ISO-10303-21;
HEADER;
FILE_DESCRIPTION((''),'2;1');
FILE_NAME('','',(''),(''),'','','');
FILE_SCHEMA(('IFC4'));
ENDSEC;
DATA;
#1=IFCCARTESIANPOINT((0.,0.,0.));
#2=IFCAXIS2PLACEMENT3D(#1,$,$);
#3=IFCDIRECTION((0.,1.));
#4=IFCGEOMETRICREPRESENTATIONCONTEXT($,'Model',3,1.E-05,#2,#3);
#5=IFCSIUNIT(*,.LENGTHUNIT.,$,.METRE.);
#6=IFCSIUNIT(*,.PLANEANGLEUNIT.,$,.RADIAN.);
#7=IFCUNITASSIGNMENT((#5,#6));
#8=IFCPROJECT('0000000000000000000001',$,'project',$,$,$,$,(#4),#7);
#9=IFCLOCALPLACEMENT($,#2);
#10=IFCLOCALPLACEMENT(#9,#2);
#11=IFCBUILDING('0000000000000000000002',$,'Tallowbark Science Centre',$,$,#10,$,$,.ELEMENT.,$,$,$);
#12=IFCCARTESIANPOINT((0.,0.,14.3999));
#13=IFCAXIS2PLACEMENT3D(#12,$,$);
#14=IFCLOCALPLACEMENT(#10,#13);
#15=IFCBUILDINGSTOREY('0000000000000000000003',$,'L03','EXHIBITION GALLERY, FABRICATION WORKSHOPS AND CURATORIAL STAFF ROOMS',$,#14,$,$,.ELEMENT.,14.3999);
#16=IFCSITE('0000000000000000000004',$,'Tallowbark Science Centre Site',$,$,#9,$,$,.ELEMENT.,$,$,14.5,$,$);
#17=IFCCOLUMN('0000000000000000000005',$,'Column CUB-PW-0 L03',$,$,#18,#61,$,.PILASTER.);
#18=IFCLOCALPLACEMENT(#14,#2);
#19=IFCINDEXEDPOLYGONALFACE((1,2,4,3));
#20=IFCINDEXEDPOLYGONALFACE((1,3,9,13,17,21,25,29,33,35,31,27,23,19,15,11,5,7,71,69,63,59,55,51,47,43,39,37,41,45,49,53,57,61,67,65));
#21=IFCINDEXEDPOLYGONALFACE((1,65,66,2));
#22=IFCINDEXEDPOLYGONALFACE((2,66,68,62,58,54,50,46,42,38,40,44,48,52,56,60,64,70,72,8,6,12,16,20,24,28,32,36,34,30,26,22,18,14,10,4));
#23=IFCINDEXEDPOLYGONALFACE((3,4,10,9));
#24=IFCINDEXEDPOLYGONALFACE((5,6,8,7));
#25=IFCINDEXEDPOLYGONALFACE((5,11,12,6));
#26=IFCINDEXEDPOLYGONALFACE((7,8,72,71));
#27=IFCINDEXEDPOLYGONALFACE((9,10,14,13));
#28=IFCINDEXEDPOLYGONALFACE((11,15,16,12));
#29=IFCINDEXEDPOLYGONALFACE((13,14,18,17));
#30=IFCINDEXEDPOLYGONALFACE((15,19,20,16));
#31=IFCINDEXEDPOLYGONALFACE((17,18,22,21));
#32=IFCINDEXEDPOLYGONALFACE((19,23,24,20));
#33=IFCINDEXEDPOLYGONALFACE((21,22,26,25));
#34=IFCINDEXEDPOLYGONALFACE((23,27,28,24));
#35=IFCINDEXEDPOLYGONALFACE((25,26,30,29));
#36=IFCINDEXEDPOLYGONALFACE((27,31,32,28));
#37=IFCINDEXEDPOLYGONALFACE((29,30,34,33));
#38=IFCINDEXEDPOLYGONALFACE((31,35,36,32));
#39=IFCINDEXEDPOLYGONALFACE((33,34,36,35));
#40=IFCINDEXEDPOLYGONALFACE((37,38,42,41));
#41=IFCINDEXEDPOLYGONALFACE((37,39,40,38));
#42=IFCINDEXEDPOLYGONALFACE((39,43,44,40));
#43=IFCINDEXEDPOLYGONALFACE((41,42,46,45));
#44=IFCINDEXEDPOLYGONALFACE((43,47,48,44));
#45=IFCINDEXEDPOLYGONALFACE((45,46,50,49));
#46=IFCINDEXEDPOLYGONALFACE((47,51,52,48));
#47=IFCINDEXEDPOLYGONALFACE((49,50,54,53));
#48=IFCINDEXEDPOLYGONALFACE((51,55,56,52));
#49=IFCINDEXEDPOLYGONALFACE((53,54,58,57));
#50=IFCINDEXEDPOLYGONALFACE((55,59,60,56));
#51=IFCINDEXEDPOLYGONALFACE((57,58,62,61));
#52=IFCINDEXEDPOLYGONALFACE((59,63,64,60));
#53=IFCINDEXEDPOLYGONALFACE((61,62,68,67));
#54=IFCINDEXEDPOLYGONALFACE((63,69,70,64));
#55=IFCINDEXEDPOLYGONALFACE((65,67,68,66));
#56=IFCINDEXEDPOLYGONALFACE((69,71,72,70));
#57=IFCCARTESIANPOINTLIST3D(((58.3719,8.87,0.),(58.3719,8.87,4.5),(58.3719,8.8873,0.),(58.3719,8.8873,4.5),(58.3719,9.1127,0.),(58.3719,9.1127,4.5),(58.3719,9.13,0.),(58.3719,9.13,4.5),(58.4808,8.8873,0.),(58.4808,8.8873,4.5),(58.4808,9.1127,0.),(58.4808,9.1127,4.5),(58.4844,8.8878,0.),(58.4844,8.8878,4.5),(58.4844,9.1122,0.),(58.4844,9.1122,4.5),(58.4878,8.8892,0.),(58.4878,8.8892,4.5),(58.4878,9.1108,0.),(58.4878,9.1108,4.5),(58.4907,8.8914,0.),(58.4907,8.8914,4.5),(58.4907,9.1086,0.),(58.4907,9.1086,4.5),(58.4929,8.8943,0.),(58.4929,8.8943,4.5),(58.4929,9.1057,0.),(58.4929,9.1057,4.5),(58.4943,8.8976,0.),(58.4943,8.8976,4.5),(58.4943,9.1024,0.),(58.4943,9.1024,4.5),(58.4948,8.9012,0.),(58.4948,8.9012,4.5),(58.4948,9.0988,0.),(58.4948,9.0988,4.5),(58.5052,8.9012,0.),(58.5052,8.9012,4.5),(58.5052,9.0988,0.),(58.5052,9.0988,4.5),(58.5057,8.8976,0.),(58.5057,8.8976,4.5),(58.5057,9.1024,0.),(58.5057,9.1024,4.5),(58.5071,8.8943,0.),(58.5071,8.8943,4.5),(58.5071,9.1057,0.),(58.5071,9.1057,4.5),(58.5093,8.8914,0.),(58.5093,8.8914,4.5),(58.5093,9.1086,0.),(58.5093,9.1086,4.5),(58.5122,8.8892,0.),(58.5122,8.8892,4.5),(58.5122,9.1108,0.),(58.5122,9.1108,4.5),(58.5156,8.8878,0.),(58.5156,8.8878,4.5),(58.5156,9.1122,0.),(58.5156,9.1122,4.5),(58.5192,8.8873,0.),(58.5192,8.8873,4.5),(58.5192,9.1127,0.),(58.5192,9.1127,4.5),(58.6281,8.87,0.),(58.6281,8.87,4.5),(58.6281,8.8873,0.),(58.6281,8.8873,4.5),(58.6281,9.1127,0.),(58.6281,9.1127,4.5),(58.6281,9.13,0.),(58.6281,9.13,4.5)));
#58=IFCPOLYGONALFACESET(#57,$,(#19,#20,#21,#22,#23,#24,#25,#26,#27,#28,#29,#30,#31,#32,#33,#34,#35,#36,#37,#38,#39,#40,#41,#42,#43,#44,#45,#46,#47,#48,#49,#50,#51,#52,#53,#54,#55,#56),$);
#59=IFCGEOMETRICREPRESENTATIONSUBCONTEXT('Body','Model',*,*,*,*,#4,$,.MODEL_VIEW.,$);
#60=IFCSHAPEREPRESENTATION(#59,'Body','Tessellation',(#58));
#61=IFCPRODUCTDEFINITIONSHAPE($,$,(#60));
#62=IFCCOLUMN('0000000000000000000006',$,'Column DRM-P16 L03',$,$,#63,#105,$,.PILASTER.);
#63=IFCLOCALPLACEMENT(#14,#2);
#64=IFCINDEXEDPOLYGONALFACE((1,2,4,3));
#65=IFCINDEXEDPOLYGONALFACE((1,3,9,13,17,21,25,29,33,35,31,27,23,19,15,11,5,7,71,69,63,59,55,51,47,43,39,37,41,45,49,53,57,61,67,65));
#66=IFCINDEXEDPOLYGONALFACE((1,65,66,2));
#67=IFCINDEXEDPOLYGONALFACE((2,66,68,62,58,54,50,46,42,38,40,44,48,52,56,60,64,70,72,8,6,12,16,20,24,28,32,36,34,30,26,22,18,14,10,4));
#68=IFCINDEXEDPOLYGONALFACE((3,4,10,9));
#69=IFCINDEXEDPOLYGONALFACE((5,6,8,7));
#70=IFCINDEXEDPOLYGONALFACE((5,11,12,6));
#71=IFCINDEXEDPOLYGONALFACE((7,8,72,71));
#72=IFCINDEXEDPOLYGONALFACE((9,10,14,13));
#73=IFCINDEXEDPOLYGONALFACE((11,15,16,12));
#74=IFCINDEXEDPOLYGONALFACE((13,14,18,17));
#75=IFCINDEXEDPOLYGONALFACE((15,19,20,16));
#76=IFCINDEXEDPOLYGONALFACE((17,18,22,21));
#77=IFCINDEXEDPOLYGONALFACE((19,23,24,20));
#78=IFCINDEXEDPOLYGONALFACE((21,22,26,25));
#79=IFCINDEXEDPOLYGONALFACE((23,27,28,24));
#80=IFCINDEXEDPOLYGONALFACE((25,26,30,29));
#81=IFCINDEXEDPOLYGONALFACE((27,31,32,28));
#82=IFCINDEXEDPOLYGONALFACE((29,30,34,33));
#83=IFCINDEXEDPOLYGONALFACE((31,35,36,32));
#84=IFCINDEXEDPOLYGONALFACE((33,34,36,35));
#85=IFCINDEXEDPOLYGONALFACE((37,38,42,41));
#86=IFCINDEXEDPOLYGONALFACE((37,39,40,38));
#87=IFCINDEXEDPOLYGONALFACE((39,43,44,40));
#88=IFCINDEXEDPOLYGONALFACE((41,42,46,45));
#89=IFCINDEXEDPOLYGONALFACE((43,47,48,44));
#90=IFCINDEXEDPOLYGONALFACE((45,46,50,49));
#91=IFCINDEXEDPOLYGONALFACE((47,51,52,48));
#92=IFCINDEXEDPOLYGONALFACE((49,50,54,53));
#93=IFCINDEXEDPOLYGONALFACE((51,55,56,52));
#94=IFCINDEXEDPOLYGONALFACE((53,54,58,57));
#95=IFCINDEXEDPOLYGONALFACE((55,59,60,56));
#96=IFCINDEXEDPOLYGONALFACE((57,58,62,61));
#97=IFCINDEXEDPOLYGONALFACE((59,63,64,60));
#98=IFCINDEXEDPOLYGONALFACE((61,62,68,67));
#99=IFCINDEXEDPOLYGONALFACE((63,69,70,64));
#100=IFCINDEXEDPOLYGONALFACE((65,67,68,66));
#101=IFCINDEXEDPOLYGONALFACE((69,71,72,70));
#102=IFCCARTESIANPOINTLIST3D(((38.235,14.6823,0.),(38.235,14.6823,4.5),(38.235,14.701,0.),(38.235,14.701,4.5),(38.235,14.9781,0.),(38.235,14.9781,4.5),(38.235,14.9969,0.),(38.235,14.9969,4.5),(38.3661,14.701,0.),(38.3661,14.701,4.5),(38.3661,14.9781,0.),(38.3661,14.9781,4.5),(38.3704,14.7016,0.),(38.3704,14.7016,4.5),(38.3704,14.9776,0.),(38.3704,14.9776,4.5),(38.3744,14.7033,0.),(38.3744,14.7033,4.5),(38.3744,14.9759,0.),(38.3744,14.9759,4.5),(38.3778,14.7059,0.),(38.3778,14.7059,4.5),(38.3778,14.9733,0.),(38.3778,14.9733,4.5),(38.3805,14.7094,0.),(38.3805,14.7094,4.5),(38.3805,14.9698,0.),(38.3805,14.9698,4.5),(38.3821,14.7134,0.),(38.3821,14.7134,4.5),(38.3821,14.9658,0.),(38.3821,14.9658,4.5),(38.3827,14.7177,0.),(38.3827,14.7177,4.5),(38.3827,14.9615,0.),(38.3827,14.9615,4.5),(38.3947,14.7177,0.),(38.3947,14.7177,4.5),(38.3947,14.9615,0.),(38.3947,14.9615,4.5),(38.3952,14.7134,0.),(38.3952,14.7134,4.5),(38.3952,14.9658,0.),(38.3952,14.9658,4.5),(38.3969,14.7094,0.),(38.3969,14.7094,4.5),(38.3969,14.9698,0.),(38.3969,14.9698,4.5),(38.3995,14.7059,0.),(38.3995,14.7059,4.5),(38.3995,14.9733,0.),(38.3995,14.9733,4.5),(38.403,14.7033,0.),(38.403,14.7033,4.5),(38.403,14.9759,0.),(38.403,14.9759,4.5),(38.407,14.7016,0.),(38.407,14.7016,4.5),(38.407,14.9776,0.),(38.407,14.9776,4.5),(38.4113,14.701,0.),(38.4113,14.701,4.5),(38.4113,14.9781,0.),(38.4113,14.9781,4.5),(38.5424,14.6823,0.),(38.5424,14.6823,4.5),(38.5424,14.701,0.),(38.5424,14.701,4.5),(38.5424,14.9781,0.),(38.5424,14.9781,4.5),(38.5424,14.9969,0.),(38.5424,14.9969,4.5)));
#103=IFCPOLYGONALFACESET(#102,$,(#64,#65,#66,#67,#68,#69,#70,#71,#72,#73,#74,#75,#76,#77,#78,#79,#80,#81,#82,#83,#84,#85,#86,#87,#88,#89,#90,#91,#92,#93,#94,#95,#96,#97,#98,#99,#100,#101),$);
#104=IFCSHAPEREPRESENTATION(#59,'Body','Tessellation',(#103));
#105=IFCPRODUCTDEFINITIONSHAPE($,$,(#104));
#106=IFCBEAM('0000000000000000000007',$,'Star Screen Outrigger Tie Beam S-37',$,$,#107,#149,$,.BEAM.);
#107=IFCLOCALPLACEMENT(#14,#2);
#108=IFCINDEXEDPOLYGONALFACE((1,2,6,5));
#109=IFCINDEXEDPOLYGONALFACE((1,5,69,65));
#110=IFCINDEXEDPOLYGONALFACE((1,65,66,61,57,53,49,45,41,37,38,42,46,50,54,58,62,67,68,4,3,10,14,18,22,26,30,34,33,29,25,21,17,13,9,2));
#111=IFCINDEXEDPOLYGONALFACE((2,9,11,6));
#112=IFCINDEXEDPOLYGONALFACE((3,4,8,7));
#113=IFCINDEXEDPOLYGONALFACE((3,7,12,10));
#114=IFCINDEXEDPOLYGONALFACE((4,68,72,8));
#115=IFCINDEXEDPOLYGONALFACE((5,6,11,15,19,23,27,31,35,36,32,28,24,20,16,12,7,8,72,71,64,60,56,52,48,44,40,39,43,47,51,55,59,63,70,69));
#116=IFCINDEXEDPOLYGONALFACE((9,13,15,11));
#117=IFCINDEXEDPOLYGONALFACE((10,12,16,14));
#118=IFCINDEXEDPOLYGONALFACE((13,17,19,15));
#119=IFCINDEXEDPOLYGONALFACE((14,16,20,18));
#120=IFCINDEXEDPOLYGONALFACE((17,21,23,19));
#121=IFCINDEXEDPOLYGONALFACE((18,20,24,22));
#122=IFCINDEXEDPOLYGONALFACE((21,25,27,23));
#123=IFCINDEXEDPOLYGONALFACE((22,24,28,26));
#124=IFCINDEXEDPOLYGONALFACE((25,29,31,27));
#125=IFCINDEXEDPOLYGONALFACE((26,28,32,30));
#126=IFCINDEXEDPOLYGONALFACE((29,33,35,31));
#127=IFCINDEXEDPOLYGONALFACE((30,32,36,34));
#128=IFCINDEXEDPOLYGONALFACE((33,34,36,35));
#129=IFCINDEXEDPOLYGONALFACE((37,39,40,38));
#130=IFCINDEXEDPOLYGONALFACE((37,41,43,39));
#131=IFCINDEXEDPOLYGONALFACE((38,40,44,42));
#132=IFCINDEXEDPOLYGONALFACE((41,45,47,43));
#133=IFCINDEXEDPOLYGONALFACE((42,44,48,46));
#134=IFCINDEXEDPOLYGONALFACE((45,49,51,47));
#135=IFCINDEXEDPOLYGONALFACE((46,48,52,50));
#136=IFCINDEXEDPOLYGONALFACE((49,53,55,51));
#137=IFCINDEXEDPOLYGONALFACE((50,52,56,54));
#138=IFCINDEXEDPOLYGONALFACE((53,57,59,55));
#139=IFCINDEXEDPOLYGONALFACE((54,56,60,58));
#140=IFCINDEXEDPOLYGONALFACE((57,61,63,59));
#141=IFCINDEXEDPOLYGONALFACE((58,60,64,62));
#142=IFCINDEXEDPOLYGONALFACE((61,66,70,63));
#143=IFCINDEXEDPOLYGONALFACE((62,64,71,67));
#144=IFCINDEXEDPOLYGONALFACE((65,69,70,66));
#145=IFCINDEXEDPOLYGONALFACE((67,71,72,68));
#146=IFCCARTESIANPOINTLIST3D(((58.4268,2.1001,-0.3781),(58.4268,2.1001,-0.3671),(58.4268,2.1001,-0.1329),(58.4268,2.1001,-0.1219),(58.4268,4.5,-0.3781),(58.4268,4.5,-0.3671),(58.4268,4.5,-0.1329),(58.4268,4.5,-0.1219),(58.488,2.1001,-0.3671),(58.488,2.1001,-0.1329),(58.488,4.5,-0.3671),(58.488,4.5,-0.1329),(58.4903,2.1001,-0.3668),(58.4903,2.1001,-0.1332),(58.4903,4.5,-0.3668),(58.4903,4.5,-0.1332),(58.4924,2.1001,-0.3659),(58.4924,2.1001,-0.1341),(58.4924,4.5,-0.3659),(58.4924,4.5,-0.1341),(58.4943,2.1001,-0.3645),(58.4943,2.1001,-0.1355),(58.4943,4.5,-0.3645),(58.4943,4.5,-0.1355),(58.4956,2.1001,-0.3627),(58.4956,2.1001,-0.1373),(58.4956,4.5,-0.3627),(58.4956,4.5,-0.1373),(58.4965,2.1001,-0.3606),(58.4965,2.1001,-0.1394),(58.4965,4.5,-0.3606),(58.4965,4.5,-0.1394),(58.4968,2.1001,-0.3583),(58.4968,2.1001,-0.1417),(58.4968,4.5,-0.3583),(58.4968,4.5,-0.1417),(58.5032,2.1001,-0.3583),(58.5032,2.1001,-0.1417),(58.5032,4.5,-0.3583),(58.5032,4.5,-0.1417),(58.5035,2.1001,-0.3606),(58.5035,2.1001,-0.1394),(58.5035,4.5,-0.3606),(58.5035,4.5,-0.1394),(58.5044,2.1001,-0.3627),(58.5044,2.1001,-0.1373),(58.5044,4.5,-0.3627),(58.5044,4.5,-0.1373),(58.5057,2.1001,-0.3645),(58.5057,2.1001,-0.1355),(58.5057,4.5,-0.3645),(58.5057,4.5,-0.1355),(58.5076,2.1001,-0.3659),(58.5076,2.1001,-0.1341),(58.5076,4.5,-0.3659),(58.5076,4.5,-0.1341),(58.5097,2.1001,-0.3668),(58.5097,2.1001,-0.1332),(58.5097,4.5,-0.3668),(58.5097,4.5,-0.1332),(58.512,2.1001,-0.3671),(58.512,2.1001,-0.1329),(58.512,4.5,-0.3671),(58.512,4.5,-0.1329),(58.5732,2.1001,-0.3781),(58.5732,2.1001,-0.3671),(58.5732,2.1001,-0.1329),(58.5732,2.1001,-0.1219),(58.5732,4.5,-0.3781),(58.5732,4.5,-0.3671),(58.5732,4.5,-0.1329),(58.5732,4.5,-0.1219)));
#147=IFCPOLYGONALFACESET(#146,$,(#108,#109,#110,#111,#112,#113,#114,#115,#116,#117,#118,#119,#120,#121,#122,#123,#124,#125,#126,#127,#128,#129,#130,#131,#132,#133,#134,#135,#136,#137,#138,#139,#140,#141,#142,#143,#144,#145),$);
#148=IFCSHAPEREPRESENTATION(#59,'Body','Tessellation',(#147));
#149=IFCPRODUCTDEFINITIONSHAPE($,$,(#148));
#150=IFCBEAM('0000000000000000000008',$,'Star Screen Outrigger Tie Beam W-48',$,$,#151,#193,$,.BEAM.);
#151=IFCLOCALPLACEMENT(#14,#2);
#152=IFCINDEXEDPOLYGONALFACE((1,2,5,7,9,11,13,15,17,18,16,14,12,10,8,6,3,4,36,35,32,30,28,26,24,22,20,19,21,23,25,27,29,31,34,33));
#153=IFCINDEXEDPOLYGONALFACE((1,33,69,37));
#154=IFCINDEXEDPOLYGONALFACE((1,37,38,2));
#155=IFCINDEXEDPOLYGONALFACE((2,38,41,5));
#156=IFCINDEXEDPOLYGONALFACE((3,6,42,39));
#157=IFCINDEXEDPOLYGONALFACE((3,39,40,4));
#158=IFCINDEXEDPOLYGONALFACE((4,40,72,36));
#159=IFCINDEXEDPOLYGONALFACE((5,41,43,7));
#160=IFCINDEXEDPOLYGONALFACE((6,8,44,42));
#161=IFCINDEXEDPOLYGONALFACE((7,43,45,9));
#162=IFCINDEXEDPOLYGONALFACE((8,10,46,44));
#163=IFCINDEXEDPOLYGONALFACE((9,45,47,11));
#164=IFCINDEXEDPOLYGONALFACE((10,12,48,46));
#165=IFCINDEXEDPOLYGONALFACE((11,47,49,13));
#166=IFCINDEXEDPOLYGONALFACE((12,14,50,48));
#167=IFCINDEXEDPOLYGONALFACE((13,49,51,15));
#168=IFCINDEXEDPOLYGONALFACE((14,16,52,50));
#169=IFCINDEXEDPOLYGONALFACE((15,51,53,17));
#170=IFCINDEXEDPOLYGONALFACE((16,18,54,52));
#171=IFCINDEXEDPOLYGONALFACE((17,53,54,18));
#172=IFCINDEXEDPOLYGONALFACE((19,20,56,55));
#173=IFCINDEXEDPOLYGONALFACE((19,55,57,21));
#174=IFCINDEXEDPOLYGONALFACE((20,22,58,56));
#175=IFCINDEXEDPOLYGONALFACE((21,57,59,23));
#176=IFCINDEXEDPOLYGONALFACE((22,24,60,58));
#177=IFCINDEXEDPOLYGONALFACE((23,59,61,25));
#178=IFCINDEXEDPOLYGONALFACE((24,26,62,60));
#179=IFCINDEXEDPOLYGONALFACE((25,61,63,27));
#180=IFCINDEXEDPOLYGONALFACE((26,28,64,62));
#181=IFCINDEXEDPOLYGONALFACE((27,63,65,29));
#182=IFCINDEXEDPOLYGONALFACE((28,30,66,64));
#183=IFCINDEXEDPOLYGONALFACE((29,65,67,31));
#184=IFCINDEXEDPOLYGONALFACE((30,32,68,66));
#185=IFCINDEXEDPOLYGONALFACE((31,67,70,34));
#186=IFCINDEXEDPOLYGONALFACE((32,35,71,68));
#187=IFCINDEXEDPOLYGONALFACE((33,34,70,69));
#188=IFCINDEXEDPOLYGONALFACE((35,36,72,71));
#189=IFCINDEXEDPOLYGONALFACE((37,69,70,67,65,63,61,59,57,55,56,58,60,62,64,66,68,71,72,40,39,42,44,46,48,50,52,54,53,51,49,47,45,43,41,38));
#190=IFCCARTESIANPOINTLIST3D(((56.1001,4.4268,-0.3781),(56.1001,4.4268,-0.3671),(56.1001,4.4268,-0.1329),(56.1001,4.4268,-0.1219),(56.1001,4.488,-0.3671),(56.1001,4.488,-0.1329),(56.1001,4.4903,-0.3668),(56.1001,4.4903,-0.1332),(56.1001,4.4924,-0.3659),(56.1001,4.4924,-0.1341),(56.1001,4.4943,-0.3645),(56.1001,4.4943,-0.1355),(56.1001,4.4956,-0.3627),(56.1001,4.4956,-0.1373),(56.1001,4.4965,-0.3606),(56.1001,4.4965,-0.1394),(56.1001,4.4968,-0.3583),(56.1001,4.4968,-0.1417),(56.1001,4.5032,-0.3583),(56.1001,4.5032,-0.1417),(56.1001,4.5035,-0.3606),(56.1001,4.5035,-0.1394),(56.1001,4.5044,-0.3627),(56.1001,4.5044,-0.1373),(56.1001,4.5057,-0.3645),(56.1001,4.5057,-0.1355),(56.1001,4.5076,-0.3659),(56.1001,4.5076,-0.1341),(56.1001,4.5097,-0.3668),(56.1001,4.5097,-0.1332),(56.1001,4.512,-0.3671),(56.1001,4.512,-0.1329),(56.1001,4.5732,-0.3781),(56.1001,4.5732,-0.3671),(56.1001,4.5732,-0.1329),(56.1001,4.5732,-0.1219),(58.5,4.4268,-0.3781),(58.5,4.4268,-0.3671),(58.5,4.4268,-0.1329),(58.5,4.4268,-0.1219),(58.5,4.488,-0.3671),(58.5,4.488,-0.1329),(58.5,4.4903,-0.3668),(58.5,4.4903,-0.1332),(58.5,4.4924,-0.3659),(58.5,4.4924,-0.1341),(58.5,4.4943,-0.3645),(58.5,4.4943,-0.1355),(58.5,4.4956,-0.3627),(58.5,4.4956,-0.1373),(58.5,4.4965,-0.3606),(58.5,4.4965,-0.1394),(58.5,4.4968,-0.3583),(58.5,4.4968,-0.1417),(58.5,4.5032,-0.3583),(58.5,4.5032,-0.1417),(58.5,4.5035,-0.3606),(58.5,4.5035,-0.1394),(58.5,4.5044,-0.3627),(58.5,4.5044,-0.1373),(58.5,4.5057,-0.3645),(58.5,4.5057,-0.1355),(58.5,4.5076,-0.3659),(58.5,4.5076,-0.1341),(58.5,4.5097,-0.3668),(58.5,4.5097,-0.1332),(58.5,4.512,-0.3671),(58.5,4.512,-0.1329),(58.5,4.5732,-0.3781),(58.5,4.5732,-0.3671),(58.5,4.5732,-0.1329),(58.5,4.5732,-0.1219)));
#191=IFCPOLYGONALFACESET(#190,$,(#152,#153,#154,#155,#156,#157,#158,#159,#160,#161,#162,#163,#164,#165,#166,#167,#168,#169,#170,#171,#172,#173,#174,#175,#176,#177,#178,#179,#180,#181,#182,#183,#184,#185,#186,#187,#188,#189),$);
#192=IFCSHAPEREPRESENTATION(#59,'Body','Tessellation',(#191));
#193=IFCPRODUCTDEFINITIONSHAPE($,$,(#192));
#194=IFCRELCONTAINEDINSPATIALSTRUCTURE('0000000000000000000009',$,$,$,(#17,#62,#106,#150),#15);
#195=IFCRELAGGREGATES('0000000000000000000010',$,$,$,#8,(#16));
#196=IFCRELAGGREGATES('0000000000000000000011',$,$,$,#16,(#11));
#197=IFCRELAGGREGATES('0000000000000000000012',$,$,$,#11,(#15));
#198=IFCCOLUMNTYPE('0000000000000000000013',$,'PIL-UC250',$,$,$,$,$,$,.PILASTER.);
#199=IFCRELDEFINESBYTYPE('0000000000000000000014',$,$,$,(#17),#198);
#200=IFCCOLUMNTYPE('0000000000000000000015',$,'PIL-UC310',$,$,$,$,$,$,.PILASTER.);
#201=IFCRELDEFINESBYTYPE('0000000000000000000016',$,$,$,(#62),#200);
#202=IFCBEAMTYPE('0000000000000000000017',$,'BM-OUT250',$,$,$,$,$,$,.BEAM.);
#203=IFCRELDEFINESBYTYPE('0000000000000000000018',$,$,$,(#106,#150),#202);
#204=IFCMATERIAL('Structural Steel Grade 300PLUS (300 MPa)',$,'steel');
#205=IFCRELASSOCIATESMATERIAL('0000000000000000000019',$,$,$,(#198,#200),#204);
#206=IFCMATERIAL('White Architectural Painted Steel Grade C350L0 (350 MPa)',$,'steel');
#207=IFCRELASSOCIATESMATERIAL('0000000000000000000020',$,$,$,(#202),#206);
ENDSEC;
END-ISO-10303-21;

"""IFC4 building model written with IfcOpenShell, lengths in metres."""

from ifc_helpers import new_model, si_unit, direction, frame, origin, origin_2d, place, context, subcontext, project, spatial, i_section, extrude, material, material_profile, profile_set, type_object, element, save


model = new_model("IFC4")

# Units and contexts
model_context = context("Model", 3, precision=1e-05, world=origin(), true_north=direction((0.0, 1.0)))
body_context = subcontext(model_context, "Body", "Model", "MODEL_VIEW")
ifc_project = project(units=[si_unit("LENGTHUNIT", "METRE"), si_unit("PLANEANGLEUNIT", "RADIAN")], contexts=[model_context])

# Site, building, storey
site_placement = place(None, origin())
site = spatial("IfcSite", under=ifc_project, at=site_placement, Name="Tallowbark Science Centre Site", CompositionType="ELEMENT", RefElevation=14.5)
building_placement = place(site_placement, origin())
building = spatial("IfcBuilding", under=site, at=building_placement, Name="Tallowbark Science Centre", CompositionType="ELEMENT")
storey_placement = place(building_placement, frame((0.0, 0.0, 14.3999)))
storey = spatial("IfcBuildingStorey", under=building, at=storey_placement, Name="L03", Description="EXHIBITION GALLERY, FABRICATION WORKSHOPS AND CURATORIAL STAFF ROOMS", CompositionType="ELEMENT", Elevation=14.3999)

# Columns
ifc_material_1 = material(Name="White Architectural Painted Steel Grade C350L0 (350 MPa)", Category="steel")
ifc_material_2 = material(Name="Structural Steel Grade 300PLUS (300 MPa)", Category="steel")
ifc_material_profile_1 = material_profile(ifc_material_2, i_section(OverallWidth=0.2561, OverallDepth=0.26, WebThickness=0.0105, FlangeThickness=0.0173, FilletRadius=0.0139, at=origin_2d()), Name="250UC89.5")
ifc_profile_set_1 = profile_set([ifc_material_profile_1], Name="Structural Steel Grade 300PLUS (300 MPa)")
column_type_1 = type_object("IfcColumnType", Name="PIL-UC250", PredefinedType="PILASTER", material=ifc_profile_set_1)
column_1_placement = place(storey_placement, frame((58.5, 9.0, 0.0), z_axis=(0.0, 0.0, 1.0), x_axis=(1.0, 0.0, 0.0)))
element("IfcColumn", 1, at=column_1_placement, inside=storey, type_object=column_type_1, Name="Column CUB-PW-0 L03", PredefinedType="PILASTER", context=body_context, shape_type="SweptSolid", body=[
    extrude(i_section(OverallWidth=0.2561, OverallDepth=0.26, WebThickness=0.0105, FlangeThickness=0.0173, FilletRadius=0.0139, at=origin_2d()), origin(), (0.0, 0.0, 1.0), 4.5),
])
ifc_material_profile_2 = material_profile(ifc_material_2, i_section(OverallWidth=0.3074, OverallDepth=0.3147, WebThickness=0.012, FlangeThickness=0.0188, FilletRadius=0.0166, at=origin_2d()), Name="310UC118")
ifc_profile_set_2 = profile_set([ifc_material_profile_2], Name="Structural Steel Grade 300PLUS (300 MPa)")
column_type_2 = type_object("IfcColumnType", Name="PIL-UC310", PredefinedType="PILASTER", material=ifc_profile_set_2)
column_2_placement = place(storey_placement, frame((38.3887, 14.8396, 0.0), z_axis=(0.0, 0.0, 1.0), x_axis=(1.0, 0.0, 0.0)))
element("IfcColumn", 2, at=column_2_placement, inside=storey, type_object=column_type_2, Name="Column DRM-P16 L03", PredefinedType="PILASTER", context=body_context, shape_type="SweptSolid", body=[
    extrude(i_section(OverallWidth=0.3074, OverallDepth=0.3147, WebThickness=0.012, FlangeThickness=0.0188, FilletRadius=0.0166, at=origin_2d()), origin(), (0.0, 0.0, 1.0), 4.5),
])

# Beams
ifc_material_profile_3 = material_profile(ifc_material_1, i_section(OverallWidth=0.1465, OverallDepth=0.2561, WebThickness=0.0063, FlangeThickness=0.011, FilletRadius=0.0088, at=origin_2d()), Name="250UB37.3")
ifc_profile_set_3 = profile_set([ifc_material_profile_3], Name="White Architectural Painted Steel Grade C350L0 (350 MPa)")
beam_type_1 = type_object("IfcBeamType", Name="BM-OUT250", PredefinedType="BEAM", material=ifc_profile_set_3)
for number, where, z_axis, x_axis, name in (
    (3, (58.5, 4.5, -0.25), (0.0, -1.0, 0.0), (1.0, 0.0, 0.0), "Star Screen Outrigger Tie Beam S-37"),
    (4, (58.5, 4.5, -0.25), (-1.0, 0.0, 0.0), (0.0, -1.0, 0.0), "Star Screen Outrigger Tie Beam W-48"),
):
    element("IfcBeam", number, at=place(storey_placement, frame(where, z_axis=z_axis, x_axis=x_axis)), inside=storey, type_object=beam_type_1, Name=name, PredefinedType="BEAM", context=body_context, shape_type="SweptSolid", body=[
        extrude(i_section(OverallWidth=0.1465, OverallDepth=0.2561, WebThickness=0.0063, FlangeThickness=0.011, FilletRadius=0.0088, at=origin_2d()), origin(), (0.0, 0.0, 1.0), 2.3999),
    ])

save(model, "model.ifc")
